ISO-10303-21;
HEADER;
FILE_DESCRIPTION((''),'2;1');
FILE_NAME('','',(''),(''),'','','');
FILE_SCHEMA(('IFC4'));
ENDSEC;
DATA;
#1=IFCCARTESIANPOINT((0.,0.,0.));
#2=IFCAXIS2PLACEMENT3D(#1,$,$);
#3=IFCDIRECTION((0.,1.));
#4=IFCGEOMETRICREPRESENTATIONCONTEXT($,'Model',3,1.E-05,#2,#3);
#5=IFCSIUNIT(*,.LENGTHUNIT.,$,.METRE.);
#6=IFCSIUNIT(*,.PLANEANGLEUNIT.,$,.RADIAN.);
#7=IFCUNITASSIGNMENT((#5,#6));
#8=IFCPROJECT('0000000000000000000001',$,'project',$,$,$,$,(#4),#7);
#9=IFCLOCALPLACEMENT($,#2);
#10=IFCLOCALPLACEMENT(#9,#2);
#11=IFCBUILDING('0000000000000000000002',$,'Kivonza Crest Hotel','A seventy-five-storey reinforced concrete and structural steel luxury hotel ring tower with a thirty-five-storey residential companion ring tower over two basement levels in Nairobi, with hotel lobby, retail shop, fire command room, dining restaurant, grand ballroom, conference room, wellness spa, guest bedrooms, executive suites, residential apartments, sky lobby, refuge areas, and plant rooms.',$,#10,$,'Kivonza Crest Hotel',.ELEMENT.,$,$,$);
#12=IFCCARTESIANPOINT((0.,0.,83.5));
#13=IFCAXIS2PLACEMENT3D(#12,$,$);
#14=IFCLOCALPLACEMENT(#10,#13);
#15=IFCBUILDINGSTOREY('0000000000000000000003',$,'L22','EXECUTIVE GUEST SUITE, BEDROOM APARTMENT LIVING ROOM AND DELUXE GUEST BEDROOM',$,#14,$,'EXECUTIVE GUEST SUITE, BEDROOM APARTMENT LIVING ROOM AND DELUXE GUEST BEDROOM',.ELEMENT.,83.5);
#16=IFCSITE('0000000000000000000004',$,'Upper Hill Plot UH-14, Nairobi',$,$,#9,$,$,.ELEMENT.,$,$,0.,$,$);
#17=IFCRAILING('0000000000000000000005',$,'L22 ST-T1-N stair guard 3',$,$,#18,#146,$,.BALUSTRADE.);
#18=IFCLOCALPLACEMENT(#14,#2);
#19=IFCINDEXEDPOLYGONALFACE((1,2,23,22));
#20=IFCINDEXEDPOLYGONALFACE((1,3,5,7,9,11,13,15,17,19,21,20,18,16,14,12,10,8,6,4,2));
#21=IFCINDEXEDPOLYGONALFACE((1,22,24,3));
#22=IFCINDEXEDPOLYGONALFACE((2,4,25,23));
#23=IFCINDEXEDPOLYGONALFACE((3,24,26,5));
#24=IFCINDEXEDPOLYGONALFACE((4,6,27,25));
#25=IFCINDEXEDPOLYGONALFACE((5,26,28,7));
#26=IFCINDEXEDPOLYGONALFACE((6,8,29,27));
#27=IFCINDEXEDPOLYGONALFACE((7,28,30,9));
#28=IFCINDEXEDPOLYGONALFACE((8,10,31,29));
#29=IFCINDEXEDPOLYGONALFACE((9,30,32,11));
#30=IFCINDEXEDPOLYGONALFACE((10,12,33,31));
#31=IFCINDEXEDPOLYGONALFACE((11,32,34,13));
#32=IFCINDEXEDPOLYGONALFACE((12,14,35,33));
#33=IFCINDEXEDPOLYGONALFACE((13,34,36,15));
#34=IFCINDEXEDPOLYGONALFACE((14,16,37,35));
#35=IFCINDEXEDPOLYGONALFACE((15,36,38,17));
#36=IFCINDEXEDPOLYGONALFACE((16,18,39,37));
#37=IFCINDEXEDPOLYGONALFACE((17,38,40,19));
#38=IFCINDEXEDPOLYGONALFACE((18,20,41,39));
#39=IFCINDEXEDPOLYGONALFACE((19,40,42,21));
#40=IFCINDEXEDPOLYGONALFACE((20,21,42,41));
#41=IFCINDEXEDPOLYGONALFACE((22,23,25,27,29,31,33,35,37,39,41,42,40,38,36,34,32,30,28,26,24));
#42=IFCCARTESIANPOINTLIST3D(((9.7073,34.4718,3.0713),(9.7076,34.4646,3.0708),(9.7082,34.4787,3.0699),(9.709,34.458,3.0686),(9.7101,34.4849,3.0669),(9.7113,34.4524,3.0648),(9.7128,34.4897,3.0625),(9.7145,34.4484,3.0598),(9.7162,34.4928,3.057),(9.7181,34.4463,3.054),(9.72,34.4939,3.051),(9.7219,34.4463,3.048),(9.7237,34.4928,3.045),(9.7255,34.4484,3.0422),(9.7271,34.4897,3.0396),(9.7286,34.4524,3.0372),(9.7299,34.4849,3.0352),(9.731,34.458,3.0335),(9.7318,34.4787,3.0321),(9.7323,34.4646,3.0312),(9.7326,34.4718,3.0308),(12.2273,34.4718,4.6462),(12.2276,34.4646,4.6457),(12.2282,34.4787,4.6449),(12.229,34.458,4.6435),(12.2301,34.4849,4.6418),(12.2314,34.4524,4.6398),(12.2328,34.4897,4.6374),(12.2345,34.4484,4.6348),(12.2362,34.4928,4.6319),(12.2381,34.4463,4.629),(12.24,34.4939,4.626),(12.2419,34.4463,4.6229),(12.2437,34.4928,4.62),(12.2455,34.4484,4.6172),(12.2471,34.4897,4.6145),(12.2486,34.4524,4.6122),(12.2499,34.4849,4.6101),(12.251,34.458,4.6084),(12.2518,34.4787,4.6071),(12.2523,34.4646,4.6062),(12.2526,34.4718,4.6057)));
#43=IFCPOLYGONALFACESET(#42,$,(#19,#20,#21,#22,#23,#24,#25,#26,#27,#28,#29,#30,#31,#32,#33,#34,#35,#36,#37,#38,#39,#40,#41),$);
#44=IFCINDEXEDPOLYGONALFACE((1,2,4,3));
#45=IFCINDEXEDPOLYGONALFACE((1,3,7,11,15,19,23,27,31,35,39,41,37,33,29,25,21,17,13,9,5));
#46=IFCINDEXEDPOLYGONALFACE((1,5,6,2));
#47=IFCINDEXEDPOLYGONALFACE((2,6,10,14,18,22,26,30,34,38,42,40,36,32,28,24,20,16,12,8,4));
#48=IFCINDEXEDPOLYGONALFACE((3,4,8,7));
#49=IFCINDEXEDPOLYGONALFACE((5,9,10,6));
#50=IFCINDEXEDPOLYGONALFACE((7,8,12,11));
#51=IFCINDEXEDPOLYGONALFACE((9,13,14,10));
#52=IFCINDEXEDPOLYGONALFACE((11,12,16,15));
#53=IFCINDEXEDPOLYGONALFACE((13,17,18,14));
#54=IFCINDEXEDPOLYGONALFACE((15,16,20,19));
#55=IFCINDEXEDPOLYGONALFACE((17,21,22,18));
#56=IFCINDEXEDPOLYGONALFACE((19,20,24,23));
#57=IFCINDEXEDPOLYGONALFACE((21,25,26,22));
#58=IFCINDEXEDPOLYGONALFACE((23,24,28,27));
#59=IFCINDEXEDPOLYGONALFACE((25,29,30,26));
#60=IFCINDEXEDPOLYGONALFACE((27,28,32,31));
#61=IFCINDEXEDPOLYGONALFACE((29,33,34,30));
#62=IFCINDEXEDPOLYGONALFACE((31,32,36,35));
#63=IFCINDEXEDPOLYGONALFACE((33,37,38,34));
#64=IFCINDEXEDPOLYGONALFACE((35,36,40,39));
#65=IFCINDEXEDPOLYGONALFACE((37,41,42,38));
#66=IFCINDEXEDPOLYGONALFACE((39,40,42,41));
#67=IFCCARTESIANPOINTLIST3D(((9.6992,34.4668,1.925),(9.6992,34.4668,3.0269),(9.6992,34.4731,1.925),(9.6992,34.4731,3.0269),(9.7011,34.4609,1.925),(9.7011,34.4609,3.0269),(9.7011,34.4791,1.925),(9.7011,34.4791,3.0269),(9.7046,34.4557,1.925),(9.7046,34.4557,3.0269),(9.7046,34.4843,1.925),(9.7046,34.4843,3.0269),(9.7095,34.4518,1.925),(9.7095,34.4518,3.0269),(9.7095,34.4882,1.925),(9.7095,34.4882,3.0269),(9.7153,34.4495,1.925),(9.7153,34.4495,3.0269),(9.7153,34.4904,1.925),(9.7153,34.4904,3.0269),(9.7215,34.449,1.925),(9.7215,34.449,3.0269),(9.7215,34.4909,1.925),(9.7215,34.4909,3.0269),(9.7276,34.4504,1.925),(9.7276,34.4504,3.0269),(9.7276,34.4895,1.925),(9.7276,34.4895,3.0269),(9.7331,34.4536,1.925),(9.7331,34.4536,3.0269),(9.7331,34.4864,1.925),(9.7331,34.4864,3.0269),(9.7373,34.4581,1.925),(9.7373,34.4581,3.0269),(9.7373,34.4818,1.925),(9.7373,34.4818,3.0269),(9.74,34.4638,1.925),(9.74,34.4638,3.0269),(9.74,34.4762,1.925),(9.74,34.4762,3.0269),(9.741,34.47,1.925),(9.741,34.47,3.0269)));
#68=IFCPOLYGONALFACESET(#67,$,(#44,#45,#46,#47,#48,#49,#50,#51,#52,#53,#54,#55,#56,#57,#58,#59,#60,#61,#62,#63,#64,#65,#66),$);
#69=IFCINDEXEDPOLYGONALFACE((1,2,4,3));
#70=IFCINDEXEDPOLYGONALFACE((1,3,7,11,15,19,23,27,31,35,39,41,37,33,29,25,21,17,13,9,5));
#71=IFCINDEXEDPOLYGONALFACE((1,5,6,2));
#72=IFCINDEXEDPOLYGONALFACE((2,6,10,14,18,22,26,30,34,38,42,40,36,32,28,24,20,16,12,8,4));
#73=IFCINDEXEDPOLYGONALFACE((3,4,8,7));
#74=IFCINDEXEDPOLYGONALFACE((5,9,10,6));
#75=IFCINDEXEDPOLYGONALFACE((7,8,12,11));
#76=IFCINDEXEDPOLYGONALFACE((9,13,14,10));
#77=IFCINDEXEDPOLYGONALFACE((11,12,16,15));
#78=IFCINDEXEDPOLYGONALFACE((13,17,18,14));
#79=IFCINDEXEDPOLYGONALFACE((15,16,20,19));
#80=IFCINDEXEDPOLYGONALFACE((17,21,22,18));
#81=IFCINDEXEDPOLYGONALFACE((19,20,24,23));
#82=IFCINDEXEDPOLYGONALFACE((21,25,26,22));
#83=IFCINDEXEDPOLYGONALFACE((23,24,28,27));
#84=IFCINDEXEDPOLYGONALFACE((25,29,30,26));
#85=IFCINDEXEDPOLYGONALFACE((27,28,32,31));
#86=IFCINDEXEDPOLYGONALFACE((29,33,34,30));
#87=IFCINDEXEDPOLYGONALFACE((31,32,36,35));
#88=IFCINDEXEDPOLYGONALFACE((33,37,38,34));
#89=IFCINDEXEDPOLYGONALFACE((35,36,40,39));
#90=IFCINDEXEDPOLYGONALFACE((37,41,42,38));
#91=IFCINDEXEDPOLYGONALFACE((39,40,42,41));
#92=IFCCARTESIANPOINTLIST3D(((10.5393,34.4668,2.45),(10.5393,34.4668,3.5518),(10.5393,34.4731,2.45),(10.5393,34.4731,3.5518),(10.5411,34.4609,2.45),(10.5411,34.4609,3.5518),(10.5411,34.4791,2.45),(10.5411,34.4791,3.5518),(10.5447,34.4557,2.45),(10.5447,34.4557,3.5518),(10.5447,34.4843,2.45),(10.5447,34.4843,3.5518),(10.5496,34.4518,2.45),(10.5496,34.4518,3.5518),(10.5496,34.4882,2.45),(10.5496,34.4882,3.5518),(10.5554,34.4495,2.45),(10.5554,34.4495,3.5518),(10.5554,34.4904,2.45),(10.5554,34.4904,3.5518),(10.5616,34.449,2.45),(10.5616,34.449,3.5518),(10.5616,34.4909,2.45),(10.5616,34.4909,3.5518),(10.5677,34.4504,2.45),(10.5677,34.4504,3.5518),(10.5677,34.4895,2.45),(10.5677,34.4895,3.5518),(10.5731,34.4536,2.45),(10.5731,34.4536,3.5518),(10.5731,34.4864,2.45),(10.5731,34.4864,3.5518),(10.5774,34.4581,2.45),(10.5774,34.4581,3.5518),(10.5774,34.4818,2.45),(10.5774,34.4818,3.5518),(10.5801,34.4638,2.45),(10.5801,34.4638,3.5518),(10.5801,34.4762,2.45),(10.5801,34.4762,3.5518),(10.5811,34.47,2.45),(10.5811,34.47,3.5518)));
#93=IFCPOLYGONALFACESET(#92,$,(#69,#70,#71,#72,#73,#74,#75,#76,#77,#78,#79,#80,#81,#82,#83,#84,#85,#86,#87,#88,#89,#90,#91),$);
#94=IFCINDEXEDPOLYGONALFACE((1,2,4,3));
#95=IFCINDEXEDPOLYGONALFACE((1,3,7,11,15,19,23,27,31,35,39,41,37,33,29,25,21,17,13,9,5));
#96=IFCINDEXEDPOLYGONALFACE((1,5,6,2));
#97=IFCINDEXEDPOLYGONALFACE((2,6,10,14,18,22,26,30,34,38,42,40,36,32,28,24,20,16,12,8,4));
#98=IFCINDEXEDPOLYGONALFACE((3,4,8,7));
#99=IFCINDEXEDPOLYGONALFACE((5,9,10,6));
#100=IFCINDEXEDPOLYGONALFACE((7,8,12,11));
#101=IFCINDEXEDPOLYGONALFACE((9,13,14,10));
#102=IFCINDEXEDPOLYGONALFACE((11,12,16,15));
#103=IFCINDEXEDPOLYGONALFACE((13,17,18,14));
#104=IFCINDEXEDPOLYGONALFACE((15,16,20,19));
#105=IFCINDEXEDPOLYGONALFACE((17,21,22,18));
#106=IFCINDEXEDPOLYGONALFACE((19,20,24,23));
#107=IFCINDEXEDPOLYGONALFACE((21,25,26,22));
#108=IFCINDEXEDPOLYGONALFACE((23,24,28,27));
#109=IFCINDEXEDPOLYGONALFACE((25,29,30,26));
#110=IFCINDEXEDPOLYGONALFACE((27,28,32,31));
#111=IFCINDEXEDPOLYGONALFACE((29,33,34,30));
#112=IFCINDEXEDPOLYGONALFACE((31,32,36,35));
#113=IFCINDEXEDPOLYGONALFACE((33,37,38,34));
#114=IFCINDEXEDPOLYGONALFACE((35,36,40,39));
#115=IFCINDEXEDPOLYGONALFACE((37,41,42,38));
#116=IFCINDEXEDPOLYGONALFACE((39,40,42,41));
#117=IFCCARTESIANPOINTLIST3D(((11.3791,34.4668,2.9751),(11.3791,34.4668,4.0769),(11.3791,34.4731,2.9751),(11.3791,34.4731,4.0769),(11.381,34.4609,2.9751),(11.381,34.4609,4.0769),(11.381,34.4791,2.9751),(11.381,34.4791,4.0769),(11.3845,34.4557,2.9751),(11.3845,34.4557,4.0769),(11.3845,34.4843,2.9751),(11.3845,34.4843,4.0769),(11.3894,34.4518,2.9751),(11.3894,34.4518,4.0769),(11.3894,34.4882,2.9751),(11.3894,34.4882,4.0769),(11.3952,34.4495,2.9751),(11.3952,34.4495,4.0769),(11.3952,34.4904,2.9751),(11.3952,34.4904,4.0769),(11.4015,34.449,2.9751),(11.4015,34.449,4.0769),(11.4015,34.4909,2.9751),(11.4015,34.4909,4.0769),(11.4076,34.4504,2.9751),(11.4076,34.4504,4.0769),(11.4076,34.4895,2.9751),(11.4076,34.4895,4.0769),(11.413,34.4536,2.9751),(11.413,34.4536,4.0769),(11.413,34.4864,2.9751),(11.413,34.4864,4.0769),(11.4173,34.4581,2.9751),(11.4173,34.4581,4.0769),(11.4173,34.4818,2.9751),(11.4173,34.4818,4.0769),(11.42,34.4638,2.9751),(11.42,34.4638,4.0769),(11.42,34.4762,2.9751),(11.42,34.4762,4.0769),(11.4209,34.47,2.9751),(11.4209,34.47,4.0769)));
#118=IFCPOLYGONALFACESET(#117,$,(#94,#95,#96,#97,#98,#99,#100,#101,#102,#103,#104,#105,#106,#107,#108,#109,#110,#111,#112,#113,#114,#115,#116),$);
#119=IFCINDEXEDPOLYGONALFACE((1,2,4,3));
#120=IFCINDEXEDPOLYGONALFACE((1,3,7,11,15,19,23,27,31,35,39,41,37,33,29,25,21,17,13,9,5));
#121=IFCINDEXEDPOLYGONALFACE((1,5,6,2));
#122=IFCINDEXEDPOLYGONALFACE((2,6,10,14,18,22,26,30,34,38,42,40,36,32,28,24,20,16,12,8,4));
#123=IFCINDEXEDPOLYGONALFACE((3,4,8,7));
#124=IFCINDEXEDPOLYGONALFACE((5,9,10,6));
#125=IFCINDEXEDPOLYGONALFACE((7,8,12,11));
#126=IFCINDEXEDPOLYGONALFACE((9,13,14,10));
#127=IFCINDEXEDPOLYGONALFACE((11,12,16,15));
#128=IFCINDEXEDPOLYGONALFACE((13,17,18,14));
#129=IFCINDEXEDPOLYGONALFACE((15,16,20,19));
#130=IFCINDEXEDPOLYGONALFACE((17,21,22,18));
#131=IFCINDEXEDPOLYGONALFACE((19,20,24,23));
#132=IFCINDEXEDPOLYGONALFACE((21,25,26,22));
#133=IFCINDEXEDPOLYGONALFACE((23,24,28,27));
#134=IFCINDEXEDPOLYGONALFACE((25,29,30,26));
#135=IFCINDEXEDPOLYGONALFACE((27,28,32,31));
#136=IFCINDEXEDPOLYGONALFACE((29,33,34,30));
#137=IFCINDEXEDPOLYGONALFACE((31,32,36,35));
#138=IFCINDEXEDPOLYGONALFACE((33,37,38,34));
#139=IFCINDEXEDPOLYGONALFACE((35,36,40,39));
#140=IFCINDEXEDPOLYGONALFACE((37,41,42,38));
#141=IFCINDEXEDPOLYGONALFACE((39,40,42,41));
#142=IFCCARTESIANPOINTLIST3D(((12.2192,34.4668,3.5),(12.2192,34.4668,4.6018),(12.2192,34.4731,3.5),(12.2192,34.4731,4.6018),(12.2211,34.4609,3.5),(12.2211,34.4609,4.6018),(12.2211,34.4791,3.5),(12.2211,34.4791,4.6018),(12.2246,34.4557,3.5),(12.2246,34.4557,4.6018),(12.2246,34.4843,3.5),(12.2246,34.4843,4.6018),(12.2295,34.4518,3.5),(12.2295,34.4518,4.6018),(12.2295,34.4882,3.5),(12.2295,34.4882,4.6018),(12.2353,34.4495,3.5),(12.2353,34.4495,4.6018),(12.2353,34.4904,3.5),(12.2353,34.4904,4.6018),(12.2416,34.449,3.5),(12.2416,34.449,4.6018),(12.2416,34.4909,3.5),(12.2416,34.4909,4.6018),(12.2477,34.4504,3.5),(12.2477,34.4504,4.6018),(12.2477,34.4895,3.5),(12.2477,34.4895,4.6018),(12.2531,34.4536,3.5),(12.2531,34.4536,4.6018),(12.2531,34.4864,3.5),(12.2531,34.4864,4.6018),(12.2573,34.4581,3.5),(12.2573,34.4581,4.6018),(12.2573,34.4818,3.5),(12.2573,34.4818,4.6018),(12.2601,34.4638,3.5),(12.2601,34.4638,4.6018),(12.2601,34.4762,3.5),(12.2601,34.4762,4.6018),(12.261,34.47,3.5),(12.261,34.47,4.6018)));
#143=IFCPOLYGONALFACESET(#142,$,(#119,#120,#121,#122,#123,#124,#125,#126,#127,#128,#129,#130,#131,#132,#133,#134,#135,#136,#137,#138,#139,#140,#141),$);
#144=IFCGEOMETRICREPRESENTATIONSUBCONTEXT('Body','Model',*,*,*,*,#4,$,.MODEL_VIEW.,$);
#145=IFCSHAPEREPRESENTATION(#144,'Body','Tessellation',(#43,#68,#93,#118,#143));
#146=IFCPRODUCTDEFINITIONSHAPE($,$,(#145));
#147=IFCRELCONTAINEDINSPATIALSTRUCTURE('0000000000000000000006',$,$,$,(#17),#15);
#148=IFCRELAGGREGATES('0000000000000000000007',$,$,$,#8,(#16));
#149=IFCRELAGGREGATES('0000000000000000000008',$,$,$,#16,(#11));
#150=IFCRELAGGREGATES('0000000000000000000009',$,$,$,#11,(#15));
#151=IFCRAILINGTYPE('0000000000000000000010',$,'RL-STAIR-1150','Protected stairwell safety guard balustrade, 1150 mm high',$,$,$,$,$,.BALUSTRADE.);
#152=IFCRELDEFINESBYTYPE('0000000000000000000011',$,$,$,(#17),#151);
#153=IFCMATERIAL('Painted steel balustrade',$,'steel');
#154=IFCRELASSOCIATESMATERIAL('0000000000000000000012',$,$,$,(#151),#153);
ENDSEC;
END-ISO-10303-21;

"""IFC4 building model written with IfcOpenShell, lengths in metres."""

from ifc_helpers import new_model, si_unit, direction, frame, origin, origin_2d, place, context, subcontext, project, spatial, circle, extrude, material, type_object, element, save


model = new_model("IFC4")

# Units and contexts
model_context = context("Model", 3, precision=1e-05, world=origin(), true_north=direction((0.0, 1.0)))
body_context = subcontext(model_context, "Body", "Model", "MODEL_VIEW")
ifc_project = project(units=[si_unit("LENGTHUNIT", "METRE"), si_unit("PLANEANGLEUNIT", "RADIAN")], contexts=[model_context])

# Site, building, storey
site_placement = place(None, origin())
site = spatial("IfcSite", under=ifc_project, at=site_placement, Name="Upper Hill Plot UH-14, Nairobi", CompositionType="ELEMENT", RefElevation=0.0)
building_placement = place(site_placement, origin())
building = spatial("IfcBuilding", under=site, at=building_placement, Name="Kivonza Crest Hotel", Description="A seventy-five-storey reinforced concrete and structural steel luxury hotel ring tower with a thirty-five-storey residential companion ring tower over two basement levels in Nairobi, with hotel lobby, retail shop, fire command room, dining restaurant, grand ballroom, conference room, wellness spa, guest bedrooms, executive suites, residential apartments, sky lobby, refuge areas, and plant rooms.", LongName="Kivonza Crest Hotel", CompositionType="ELEMENT")
storey_placement = place(building_placement, frame((0.0, 0.0, 83.5)))
storey = spatial("IfcBuildingStorey", under=building, at=storey_placement, Name="L22", Description="EXECUTIVE GUEST SUITE, BEDROOM APARTMENT LIVING ROOM AND DELUXE GUEST BEDROOM", LongName="EXECUTIVE GUEST SUITE, BEDROOM APARTMENT LIVING ROOM AND DELUXE GUEST BEDROOM", CompositionType="ELEMENT", Elevation=83.5)

# Railing
ifc_material_1 = material(Name="Painted steel balustrade", Category="steel")
railing_type_1 = type_object("IfcRailingType", Name="RL-STAIR-1150", Description="Protected stairwell safety guard balustrade, 1150 mm high", PredefinedType="BALUSTRADE", material=ifc_material_1)
railing_1_placement = place(storey_placement, frame((9.72, 34.47, 1.925)))
element("IfcRailing", 1, at=railing_1_placement, inside=storey, type_object=railing_type_1, Name="L22 ST-T1-N stair guard 3", PredefinedType="BALUSTRADE", context=body_context, shape_type="SweptSolid", body=[
    extrude(circle(Radius=0.0239, at=origin_2d()), frame((0.0, 0.0, 1.126), z_axis=(0.848008, 0.0, 0.529984), x_axis=(0.0, 1.0, 0.0)), (0.0, 0.0, 1.0), 2.9717),
    extrude(circle(Radius=0.021, at=origin_2d()), origin(), (0.0, 0.0, 1.0), 1.1018),
    extrude(circle(Radius=0.021, at=origin_2d()), frame((0.8401, 0.0, 0.5249)), (0.0, 0.0, 1.0), 1.1018),
    extrude(circle(Radius=0.021, at=origin_2d()), frame((1.6799, 0.0, 1.05)), (0.0, 0.0, 1.0), 1.1018),
    extrude(circle(Radius=0.021, at=origin_2d()), frame((2.52, 0.0, 1.575)), (0.0, 0.0, 1.0), 1.1018),
])

save(model, "model.ifc")
